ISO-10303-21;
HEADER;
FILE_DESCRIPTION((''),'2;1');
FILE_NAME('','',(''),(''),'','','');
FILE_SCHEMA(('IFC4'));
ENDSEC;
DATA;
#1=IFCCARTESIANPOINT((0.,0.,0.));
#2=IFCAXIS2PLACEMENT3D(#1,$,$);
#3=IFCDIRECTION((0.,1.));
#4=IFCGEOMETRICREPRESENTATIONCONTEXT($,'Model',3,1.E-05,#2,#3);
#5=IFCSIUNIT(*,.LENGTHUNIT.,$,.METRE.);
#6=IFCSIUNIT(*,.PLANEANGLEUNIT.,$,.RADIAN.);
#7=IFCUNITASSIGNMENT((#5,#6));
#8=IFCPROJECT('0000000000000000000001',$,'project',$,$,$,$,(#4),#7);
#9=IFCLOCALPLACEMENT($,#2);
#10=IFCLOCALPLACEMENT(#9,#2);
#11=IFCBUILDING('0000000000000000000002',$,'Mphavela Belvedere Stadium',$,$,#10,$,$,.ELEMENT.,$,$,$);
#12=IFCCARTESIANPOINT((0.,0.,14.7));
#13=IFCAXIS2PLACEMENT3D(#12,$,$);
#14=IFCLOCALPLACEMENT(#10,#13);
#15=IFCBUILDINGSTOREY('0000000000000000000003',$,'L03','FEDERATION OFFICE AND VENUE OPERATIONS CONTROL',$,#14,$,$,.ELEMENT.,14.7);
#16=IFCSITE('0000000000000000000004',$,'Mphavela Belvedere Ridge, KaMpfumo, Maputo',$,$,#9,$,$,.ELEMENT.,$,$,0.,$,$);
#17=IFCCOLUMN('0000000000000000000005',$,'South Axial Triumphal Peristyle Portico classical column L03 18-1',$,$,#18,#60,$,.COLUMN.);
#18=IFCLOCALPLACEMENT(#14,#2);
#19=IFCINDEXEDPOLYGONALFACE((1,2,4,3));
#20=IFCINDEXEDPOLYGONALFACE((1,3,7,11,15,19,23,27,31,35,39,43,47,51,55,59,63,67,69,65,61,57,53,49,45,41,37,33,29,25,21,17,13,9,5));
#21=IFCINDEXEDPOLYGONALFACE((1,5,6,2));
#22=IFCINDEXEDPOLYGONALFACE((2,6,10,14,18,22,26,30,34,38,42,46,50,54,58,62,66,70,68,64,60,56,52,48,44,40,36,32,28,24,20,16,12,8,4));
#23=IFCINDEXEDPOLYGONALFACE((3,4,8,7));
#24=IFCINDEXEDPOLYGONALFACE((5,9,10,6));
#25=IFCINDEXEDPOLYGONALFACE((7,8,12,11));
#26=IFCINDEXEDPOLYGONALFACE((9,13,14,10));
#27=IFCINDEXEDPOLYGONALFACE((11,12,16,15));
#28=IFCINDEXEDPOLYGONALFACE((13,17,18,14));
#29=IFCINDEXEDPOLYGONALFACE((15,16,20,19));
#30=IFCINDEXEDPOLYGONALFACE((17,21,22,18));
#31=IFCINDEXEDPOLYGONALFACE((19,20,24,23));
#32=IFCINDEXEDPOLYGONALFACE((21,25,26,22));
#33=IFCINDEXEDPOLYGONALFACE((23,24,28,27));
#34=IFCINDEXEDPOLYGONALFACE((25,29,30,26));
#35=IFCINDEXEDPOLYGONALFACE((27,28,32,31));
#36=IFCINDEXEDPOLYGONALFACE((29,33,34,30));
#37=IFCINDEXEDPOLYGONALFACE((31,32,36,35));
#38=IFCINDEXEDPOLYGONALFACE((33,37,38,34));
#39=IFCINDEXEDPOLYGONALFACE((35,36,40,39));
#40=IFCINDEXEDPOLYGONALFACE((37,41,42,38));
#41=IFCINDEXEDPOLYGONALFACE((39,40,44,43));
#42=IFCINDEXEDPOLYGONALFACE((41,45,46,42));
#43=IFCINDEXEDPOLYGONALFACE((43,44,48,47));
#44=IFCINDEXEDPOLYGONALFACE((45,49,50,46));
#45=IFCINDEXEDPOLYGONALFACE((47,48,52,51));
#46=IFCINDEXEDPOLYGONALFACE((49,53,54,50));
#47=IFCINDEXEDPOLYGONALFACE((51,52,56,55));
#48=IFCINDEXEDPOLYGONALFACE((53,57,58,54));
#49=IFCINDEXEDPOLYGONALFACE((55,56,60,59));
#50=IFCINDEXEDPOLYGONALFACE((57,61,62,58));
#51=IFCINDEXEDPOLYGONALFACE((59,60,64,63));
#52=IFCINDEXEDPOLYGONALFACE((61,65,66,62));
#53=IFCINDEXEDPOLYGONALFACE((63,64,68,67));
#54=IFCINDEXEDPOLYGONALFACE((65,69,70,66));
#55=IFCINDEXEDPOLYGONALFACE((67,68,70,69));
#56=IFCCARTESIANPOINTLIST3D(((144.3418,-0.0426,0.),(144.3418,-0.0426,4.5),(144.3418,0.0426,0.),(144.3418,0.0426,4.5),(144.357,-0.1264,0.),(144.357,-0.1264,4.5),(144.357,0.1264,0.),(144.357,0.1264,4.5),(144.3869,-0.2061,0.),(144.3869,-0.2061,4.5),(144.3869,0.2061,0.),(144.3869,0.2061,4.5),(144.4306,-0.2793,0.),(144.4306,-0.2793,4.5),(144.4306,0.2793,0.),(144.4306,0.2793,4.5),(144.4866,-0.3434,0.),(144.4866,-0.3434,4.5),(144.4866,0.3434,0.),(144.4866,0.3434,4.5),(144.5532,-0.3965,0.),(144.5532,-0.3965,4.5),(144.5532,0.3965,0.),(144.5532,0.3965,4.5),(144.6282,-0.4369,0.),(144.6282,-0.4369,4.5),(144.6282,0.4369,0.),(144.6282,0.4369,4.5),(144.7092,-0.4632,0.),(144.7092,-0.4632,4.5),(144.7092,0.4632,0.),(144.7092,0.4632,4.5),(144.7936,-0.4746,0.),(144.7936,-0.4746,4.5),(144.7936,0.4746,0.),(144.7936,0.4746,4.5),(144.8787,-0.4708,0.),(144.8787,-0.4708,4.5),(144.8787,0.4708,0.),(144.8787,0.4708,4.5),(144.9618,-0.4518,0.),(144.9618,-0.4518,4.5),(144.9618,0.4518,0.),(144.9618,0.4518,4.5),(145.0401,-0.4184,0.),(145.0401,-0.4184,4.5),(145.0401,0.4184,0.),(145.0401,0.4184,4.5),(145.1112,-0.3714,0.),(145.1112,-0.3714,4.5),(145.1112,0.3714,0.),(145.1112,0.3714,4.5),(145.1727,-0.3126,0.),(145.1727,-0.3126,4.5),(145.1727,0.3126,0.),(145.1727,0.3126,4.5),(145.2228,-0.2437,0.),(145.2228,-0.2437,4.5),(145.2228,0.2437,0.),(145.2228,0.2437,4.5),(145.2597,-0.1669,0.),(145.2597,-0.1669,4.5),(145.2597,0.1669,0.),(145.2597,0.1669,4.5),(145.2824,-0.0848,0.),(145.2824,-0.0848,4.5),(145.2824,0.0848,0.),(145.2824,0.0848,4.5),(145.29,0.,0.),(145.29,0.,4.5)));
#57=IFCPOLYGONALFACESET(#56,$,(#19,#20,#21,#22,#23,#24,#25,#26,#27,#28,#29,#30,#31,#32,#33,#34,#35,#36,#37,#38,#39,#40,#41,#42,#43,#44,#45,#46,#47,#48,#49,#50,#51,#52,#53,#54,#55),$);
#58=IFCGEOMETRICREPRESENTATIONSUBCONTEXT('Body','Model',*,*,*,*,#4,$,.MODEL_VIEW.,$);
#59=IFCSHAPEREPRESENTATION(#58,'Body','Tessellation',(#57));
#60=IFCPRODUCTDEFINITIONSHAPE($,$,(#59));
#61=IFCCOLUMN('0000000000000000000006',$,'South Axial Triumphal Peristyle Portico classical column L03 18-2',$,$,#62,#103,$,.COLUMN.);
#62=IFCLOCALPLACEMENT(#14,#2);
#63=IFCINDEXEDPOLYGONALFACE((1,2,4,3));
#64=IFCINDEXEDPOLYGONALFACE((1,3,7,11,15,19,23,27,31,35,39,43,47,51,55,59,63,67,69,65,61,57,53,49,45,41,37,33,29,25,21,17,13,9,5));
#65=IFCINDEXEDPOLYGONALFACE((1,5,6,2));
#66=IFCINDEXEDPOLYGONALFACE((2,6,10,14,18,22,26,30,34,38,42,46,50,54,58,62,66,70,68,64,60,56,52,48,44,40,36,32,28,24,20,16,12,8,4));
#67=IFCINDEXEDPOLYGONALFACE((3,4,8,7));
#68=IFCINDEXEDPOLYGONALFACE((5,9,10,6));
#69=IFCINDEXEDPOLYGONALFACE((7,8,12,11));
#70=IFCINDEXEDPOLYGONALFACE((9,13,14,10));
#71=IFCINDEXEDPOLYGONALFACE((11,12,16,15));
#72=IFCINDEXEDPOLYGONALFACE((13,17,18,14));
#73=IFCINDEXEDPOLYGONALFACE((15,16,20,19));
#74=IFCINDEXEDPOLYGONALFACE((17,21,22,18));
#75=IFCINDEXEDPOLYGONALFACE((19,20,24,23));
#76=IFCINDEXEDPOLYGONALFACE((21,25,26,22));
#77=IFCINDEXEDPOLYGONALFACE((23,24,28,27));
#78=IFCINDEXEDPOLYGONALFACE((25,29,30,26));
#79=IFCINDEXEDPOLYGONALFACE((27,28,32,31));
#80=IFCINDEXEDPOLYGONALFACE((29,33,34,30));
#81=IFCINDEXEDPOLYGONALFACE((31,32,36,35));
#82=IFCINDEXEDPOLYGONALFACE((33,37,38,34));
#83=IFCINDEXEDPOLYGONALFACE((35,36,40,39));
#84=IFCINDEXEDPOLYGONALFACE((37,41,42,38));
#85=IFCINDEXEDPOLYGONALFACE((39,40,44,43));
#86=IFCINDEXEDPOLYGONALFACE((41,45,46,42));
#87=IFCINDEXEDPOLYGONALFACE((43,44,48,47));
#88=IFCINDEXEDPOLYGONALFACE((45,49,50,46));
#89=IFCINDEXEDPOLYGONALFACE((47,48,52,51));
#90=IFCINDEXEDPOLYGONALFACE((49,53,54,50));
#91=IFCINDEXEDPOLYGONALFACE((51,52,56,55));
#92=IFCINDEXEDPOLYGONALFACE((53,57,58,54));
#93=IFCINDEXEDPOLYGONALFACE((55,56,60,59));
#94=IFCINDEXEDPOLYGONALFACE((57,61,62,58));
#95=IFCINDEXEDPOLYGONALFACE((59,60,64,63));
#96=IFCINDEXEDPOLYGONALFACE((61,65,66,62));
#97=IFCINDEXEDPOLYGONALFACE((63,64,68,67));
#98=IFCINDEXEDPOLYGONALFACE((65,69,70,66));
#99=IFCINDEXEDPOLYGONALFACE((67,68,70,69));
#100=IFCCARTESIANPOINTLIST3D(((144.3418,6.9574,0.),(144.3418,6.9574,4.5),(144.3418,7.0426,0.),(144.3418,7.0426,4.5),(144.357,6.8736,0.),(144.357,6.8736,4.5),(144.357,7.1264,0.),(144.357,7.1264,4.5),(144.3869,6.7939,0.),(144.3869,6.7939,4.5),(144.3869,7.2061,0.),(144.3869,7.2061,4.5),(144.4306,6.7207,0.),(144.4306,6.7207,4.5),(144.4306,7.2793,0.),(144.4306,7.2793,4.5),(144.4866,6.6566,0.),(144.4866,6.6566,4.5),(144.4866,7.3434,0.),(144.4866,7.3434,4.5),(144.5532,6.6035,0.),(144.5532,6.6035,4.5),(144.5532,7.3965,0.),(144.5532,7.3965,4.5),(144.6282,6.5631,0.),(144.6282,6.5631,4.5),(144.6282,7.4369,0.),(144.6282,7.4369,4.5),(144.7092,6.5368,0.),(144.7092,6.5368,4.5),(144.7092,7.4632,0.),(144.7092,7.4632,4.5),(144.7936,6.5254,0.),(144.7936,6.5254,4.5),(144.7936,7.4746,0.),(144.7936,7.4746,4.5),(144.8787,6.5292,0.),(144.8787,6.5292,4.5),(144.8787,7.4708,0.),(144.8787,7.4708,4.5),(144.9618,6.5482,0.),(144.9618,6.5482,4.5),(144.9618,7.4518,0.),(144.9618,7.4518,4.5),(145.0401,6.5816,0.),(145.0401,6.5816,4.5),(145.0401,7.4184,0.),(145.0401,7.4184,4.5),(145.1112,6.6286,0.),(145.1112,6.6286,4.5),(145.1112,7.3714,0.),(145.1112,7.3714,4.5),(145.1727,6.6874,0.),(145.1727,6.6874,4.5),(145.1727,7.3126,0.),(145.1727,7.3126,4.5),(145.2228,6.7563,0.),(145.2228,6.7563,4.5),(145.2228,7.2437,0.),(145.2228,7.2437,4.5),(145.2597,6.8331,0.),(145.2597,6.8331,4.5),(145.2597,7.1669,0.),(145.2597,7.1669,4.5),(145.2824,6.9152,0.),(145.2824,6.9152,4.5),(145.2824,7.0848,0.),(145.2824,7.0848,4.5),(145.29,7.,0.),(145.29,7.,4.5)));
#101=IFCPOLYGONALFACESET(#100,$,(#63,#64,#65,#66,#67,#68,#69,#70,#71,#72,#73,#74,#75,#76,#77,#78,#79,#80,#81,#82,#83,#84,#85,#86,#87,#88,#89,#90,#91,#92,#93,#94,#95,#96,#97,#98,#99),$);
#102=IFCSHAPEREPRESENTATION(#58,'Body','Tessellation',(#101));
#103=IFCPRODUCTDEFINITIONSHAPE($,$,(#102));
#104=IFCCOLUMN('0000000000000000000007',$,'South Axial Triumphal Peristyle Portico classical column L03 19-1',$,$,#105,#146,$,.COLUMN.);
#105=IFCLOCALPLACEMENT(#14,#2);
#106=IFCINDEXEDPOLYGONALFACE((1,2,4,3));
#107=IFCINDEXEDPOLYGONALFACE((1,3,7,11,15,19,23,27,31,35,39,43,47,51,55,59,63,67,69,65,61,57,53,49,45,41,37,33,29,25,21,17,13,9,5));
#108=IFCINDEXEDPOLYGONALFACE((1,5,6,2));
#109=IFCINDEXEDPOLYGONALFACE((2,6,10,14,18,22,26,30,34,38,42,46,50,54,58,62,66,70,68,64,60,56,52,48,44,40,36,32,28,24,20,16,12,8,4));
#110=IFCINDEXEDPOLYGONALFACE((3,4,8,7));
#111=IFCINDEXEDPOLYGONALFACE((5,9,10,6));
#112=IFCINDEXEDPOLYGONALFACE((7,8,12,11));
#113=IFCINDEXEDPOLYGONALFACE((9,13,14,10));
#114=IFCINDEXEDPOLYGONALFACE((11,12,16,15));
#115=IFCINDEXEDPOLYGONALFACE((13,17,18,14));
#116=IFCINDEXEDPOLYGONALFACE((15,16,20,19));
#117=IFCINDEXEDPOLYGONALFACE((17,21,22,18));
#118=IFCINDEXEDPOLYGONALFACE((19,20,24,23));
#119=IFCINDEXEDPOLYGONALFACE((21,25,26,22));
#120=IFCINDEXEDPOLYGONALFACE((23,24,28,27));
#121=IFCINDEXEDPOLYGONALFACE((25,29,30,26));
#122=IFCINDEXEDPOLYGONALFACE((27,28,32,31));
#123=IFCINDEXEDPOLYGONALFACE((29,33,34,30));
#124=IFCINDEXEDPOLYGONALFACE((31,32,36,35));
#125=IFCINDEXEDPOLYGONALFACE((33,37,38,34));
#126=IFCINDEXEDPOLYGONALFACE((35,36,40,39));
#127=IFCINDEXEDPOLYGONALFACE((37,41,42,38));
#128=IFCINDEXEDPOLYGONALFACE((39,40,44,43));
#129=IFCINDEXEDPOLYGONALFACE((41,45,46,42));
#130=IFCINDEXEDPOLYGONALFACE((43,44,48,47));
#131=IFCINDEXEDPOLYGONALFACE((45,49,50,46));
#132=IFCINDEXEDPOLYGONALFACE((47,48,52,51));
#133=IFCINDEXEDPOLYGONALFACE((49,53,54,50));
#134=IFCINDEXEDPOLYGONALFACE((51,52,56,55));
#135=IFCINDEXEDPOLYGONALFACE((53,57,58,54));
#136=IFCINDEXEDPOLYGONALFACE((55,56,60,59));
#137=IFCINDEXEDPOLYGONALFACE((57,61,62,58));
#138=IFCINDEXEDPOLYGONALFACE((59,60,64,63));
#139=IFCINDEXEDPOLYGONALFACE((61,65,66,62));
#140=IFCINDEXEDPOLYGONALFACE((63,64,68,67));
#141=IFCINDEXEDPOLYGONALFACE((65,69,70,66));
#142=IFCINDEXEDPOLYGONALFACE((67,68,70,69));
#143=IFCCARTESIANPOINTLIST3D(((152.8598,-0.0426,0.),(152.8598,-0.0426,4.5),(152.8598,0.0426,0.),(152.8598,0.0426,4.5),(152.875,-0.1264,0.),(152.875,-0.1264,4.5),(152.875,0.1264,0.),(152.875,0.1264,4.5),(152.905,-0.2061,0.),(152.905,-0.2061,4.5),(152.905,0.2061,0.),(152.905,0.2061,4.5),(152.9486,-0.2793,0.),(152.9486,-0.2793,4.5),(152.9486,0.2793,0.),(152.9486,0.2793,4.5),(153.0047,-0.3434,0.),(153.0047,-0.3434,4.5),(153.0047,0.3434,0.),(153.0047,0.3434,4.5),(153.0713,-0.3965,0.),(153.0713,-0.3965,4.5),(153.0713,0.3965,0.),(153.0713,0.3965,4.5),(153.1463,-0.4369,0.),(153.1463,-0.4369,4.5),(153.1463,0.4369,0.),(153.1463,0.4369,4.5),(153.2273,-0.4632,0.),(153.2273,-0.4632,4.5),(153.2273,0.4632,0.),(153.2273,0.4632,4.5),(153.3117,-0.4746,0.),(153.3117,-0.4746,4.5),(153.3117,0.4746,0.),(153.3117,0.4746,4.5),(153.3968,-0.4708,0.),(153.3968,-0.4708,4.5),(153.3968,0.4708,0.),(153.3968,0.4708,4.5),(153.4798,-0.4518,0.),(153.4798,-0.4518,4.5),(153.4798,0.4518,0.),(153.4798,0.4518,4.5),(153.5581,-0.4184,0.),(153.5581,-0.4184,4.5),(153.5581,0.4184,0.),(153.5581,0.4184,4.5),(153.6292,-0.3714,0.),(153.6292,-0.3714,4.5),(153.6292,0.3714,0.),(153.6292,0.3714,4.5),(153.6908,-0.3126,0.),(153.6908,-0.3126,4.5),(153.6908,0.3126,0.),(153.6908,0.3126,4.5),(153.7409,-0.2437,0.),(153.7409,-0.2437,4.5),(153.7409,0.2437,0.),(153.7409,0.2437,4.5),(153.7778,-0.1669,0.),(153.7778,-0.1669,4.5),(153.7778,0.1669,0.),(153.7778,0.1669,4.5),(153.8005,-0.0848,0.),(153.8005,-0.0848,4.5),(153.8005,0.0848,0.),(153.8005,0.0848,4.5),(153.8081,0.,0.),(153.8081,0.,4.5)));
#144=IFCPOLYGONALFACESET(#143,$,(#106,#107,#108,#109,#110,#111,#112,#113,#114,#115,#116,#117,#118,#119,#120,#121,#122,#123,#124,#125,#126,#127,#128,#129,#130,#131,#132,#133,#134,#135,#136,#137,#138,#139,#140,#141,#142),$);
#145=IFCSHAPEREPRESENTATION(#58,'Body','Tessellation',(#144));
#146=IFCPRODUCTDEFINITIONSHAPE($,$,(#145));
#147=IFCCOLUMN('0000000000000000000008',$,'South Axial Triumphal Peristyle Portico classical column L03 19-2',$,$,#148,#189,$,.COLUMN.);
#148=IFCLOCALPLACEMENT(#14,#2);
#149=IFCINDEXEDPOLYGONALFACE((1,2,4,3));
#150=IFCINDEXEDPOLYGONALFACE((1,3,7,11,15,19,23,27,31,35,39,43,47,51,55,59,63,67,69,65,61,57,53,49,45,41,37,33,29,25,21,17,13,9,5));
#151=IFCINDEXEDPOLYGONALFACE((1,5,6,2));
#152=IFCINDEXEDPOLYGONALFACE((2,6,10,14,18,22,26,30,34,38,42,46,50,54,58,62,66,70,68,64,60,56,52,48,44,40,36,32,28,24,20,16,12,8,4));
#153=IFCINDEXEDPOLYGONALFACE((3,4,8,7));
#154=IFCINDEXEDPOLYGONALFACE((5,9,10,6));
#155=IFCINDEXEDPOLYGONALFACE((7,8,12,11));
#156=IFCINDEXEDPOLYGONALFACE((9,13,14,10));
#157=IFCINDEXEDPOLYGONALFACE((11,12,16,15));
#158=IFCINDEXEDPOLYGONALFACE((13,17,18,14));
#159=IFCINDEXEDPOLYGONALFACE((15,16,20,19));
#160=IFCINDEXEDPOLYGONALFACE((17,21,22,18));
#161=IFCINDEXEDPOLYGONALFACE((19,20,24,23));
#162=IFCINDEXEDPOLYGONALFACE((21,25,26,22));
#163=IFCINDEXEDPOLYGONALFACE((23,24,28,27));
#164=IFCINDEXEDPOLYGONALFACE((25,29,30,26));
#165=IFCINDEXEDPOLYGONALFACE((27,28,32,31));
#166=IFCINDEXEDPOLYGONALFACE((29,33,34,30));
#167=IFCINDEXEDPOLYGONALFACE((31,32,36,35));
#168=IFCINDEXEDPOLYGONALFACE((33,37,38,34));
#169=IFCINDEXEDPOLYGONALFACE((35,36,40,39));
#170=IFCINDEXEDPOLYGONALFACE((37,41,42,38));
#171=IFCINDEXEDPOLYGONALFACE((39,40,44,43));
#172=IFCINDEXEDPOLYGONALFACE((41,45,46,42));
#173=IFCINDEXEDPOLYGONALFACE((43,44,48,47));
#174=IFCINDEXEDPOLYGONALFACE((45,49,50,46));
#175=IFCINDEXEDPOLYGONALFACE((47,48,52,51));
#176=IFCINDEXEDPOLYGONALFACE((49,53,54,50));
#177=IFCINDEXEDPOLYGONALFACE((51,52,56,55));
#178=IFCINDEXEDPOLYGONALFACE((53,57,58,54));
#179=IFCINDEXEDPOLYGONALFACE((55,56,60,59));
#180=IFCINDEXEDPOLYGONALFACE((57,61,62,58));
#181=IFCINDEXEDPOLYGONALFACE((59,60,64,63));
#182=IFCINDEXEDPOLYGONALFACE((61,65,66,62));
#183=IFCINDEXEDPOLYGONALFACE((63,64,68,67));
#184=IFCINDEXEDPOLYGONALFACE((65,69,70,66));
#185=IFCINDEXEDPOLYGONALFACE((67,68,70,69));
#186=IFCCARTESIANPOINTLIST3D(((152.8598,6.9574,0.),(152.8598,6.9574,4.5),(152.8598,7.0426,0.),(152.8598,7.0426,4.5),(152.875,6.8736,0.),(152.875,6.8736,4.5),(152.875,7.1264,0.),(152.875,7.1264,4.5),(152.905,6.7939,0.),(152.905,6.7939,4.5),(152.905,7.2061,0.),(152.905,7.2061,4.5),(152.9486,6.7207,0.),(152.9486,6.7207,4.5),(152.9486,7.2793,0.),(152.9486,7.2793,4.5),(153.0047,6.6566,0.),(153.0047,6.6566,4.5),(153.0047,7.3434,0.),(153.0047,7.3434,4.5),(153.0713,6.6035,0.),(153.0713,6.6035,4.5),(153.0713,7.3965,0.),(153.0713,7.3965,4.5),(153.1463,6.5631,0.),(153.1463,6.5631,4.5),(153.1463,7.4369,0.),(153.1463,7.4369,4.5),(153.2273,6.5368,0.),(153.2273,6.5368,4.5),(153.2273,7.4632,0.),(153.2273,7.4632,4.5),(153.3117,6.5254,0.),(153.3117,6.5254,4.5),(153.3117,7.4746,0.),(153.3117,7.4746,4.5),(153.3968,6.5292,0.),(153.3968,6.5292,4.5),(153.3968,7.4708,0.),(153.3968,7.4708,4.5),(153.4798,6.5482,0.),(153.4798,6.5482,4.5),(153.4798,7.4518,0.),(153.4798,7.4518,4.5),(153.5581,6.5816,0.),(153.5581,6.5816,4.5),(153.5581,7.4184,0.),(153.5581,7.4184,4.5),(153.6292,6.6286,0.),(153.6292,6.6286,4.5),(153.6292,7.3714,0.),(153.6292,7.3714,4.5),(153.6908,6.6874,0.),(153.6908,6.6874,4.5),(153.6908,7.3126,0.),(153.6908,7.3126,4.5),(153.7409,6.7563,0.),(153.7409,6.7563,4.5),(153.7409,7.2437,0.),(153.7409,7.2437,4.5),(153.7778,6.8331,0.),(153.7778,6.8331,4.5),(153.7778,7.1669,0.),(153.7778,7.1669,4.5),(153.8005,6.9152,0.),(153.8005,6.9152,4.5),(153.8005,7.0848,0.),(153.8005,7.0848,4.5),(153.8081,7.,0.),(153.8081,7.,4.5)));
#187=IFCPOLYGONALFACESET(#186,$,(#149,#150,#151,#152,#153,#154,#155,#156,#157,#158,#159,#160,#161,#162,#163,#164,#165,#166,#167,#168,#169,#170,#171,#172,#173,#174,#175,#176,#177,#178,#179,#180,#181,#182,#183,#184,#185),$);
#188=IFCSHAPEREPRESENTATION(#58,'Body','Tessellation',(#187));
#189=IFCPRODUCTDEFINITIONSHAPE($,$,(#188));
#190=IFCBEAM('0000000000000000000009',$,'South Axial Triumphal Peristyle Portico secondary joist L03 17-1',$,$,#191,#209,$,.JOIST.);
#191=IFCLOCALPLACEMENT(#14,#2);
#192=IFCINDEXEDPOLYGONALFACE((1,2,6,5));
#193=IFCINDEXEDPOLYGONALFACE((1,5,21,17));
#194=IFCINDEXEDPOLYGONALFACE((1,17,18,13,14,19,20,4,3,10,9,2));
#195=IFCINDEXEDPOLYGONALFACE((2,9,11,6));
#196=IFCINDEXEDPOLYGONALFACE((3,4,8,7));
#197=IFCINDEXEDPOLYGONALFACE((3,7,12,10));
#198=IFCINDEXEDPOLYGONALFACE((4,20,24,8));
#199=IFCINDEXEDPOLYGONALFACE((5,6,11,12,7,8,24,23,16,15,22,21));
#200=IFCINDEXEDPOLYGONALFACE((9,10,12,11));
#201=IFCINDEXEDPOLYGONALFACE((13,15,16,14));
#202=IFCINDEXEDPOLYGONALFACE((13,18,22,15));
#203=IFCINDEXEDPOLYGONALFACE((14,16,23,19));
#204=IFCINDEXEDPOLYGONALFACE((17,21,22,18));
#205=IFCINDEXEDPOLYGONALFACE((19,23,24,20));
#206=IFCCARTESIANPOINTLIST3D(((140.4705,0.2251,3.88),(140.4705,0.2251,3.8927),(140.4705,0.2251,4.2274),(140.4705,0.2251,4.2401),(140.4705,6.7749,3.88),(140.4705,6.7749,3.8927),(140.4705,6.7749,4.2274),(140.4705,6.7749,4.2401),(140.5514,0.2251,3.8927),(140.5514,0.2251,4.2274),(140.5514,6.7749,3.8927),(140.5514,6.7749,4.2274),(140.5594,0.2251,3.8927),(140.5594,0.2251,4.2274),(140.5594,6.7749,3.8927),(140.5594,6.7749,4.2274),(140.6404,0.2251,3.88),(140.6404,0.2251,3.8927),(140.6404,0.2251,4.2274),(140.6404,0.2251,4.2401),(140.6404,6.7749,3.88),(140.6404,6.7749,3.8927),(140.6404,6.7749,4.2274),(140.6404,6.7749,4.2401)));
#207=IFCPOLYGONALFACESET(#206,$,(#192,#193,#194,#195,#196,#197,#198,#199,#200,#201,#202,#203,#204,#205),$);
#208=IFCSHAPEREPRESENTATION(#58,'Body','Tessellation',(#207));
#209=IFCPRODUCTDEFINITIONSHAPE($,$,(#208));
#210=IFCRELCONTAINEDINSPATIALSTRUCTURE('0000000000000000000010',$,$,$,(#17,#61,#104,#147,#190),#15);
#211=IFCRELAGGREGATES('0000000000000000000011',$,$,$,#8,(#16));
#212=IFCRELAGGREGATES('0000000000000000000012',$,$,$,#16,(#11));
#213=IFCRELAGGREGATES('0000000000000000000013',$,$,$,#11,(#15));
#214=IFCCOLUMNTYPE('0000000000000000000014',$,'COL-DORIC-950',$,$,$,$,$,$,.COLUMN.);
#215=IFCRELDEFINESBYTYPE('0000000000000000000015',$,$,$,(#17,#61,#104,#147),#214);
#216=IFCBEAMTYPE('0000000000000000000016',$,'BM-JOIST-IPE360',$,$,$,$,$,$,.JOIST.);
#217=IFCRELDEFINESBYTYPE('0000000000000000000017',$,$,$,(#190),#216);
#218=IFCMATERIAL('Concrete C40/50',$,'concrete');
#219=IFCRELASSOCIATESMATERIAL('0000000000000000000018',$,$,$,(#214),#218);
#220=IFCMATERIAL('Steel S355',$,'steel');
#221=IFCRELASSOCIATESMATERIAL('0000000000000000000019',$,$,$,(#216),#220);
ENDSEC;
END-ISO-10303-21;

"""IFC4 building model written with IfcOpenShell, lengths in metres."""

from ifc_helpers import new_model, si_unit, direction, frame, origin, origin_2d, place, context, subcontext, project, spatial, circle, i_section, extrude, material, material_profile, profile_set, type_object, element, save


model = new_model("IFC4")

# Units and contexts
model_context = context("Model", 3, precision=1e-05, world=origin(), true_north=direction((0.0, 1.0)))
body_context = subcontext(model_context, "Body", "Model", "MODEL_VIEW")
ifc_project = project(units=[si_unit("LENGTHUNIT", "METRE"), si_unit("PLANEANGLEUNIT", "RADIAN")], contexts=[model_context])

# Site, building, storey
site_placement = place(None, origin())
site = spatial("IfcSite", under=ifc_project, at=site_placement, Name="Mphavela Belvedere Ridge, KaMpfumo, Maputo", CompositionType="ELEMENT", RefElevation=0.0)
building_placement = place(site_placement, origin())
building = spatial("IfcBuilding", under=site, at=building_placement, Name="Mphavela Belvedere Stadium", CompositionType="ELEMENT")
storey_placement = place(building_placement, frame((0.0, 0.0, 14.7)))
storey = spatial("IfcBuildingStorey", under=building, at=storey_placement, Name="L03", Description="FEDERATION OFFICE AND VENUE OPERATIONS CONTROL", CompositionType="ELEMENT", Elevation=14.7)

# Columns
ifc_material_1 = material(Name="Concrete C40/50", Category="concrete")
ifc_material_profile_1 = material_profile(ifc_material_1, circle(Radius=0.4751, at=origin_2d()), Name="COL D950")
ifc_profile_set_1 = profile_set([ifc_material_profile_1], Name="Concrete C40/50")
column_type = type_object("IfcColumnType", Name="COL-DORIC-950", PredefinedType="COLUMN", material=ifc_profile_set_1)
for number, where, z_axis, x_axis, name in (
    (1, (144.8149, 0.0, 0.0), (0.0, 0.0, 1.0), (1.0, 0.0, 0.0), "South Axial Triumphal Peristyle Portico classical column L03 18-1"),
    (2, (144.8149, 7.0, 0.0), (0.0, 0.0, 1.0), (1.0, 0.0, 0.0), "South Axial Triumphal Peristyle Portico classical column L03 18-2"),
    (3, (153.333, 0.0, 0.0), (0.0, 0.0, 1.0), (1.0, 0.0, 0.0), "South Axial Triumphal Peristyle Portico classical column L03 19-1"),
    (4, (153.333, 7.0, 0.0), (0.0, 0.0, 1.0), (1.0, 0.0, 0.0), "South Axial Triumphal Peristyle Portico classical column L03 19-2"),
):
    element("IfcColumn", number, at=place(storey_placement, frame(where, z_axis=z_axis, x_axis=x_axis)), inside=storey, type_object=column_type, Name=name, PredefinedType="COLUMN", context=body_context, shape_type="SweptSolid", body=[
        extrude(circle(Radius=0.4751, at=origin_2d()), origin(), (0.0, 0.0, 1.0), 4.5),
    ])

# Beam
ifc_material_2 = material(Name="Steel S355", Category="steel")
ifc_material_profile_2 = material_profile(ifc_material_2, i_section(OverallWidth=0.1699, OverallDepth=0.3601, WebThickness=0.0081, FlangeThickness=0.0127, at=origin_2d()), Name="IPE 360")
ifc_profile_set_2 = profile_set([ifc_material_profile_2], Name="Steel S355")
beam_type_1 = type_object("IfcBeamType", Name="BM-JOIST-IPE360", PredefinedType="JOIST", material=ifc_profile_set_2)
for number, where, z_axis, x_axis, name in (
    (5, (140.5554, 0.2251, 4.0601), (0.0, 1.0, 0.0), (-1.0, 0.0, 0.0), "South Axial Triumphal Peristyle Portico secondary joist L03 17-1"),
):
    element("IfcBeam", number, at=place(storey_placement, frame(where, z_axis=z_axis, x_axis=x_axis)), inside=storey, type_object=beam_type_1, Name=name, PredefinedType="JOIST", context=body_context, shape_type="SweptSolid", body=[
        extrude(i_section(OverallWidth=0.1699, OverallDepth=0.3601, WebThickness=0.0081, FlangeThickness=0.0127, at=origin_2d()), origin(), (0.0, 0.0, 1.0), 6.5498),
    ])

save(model, "model.ifc")
